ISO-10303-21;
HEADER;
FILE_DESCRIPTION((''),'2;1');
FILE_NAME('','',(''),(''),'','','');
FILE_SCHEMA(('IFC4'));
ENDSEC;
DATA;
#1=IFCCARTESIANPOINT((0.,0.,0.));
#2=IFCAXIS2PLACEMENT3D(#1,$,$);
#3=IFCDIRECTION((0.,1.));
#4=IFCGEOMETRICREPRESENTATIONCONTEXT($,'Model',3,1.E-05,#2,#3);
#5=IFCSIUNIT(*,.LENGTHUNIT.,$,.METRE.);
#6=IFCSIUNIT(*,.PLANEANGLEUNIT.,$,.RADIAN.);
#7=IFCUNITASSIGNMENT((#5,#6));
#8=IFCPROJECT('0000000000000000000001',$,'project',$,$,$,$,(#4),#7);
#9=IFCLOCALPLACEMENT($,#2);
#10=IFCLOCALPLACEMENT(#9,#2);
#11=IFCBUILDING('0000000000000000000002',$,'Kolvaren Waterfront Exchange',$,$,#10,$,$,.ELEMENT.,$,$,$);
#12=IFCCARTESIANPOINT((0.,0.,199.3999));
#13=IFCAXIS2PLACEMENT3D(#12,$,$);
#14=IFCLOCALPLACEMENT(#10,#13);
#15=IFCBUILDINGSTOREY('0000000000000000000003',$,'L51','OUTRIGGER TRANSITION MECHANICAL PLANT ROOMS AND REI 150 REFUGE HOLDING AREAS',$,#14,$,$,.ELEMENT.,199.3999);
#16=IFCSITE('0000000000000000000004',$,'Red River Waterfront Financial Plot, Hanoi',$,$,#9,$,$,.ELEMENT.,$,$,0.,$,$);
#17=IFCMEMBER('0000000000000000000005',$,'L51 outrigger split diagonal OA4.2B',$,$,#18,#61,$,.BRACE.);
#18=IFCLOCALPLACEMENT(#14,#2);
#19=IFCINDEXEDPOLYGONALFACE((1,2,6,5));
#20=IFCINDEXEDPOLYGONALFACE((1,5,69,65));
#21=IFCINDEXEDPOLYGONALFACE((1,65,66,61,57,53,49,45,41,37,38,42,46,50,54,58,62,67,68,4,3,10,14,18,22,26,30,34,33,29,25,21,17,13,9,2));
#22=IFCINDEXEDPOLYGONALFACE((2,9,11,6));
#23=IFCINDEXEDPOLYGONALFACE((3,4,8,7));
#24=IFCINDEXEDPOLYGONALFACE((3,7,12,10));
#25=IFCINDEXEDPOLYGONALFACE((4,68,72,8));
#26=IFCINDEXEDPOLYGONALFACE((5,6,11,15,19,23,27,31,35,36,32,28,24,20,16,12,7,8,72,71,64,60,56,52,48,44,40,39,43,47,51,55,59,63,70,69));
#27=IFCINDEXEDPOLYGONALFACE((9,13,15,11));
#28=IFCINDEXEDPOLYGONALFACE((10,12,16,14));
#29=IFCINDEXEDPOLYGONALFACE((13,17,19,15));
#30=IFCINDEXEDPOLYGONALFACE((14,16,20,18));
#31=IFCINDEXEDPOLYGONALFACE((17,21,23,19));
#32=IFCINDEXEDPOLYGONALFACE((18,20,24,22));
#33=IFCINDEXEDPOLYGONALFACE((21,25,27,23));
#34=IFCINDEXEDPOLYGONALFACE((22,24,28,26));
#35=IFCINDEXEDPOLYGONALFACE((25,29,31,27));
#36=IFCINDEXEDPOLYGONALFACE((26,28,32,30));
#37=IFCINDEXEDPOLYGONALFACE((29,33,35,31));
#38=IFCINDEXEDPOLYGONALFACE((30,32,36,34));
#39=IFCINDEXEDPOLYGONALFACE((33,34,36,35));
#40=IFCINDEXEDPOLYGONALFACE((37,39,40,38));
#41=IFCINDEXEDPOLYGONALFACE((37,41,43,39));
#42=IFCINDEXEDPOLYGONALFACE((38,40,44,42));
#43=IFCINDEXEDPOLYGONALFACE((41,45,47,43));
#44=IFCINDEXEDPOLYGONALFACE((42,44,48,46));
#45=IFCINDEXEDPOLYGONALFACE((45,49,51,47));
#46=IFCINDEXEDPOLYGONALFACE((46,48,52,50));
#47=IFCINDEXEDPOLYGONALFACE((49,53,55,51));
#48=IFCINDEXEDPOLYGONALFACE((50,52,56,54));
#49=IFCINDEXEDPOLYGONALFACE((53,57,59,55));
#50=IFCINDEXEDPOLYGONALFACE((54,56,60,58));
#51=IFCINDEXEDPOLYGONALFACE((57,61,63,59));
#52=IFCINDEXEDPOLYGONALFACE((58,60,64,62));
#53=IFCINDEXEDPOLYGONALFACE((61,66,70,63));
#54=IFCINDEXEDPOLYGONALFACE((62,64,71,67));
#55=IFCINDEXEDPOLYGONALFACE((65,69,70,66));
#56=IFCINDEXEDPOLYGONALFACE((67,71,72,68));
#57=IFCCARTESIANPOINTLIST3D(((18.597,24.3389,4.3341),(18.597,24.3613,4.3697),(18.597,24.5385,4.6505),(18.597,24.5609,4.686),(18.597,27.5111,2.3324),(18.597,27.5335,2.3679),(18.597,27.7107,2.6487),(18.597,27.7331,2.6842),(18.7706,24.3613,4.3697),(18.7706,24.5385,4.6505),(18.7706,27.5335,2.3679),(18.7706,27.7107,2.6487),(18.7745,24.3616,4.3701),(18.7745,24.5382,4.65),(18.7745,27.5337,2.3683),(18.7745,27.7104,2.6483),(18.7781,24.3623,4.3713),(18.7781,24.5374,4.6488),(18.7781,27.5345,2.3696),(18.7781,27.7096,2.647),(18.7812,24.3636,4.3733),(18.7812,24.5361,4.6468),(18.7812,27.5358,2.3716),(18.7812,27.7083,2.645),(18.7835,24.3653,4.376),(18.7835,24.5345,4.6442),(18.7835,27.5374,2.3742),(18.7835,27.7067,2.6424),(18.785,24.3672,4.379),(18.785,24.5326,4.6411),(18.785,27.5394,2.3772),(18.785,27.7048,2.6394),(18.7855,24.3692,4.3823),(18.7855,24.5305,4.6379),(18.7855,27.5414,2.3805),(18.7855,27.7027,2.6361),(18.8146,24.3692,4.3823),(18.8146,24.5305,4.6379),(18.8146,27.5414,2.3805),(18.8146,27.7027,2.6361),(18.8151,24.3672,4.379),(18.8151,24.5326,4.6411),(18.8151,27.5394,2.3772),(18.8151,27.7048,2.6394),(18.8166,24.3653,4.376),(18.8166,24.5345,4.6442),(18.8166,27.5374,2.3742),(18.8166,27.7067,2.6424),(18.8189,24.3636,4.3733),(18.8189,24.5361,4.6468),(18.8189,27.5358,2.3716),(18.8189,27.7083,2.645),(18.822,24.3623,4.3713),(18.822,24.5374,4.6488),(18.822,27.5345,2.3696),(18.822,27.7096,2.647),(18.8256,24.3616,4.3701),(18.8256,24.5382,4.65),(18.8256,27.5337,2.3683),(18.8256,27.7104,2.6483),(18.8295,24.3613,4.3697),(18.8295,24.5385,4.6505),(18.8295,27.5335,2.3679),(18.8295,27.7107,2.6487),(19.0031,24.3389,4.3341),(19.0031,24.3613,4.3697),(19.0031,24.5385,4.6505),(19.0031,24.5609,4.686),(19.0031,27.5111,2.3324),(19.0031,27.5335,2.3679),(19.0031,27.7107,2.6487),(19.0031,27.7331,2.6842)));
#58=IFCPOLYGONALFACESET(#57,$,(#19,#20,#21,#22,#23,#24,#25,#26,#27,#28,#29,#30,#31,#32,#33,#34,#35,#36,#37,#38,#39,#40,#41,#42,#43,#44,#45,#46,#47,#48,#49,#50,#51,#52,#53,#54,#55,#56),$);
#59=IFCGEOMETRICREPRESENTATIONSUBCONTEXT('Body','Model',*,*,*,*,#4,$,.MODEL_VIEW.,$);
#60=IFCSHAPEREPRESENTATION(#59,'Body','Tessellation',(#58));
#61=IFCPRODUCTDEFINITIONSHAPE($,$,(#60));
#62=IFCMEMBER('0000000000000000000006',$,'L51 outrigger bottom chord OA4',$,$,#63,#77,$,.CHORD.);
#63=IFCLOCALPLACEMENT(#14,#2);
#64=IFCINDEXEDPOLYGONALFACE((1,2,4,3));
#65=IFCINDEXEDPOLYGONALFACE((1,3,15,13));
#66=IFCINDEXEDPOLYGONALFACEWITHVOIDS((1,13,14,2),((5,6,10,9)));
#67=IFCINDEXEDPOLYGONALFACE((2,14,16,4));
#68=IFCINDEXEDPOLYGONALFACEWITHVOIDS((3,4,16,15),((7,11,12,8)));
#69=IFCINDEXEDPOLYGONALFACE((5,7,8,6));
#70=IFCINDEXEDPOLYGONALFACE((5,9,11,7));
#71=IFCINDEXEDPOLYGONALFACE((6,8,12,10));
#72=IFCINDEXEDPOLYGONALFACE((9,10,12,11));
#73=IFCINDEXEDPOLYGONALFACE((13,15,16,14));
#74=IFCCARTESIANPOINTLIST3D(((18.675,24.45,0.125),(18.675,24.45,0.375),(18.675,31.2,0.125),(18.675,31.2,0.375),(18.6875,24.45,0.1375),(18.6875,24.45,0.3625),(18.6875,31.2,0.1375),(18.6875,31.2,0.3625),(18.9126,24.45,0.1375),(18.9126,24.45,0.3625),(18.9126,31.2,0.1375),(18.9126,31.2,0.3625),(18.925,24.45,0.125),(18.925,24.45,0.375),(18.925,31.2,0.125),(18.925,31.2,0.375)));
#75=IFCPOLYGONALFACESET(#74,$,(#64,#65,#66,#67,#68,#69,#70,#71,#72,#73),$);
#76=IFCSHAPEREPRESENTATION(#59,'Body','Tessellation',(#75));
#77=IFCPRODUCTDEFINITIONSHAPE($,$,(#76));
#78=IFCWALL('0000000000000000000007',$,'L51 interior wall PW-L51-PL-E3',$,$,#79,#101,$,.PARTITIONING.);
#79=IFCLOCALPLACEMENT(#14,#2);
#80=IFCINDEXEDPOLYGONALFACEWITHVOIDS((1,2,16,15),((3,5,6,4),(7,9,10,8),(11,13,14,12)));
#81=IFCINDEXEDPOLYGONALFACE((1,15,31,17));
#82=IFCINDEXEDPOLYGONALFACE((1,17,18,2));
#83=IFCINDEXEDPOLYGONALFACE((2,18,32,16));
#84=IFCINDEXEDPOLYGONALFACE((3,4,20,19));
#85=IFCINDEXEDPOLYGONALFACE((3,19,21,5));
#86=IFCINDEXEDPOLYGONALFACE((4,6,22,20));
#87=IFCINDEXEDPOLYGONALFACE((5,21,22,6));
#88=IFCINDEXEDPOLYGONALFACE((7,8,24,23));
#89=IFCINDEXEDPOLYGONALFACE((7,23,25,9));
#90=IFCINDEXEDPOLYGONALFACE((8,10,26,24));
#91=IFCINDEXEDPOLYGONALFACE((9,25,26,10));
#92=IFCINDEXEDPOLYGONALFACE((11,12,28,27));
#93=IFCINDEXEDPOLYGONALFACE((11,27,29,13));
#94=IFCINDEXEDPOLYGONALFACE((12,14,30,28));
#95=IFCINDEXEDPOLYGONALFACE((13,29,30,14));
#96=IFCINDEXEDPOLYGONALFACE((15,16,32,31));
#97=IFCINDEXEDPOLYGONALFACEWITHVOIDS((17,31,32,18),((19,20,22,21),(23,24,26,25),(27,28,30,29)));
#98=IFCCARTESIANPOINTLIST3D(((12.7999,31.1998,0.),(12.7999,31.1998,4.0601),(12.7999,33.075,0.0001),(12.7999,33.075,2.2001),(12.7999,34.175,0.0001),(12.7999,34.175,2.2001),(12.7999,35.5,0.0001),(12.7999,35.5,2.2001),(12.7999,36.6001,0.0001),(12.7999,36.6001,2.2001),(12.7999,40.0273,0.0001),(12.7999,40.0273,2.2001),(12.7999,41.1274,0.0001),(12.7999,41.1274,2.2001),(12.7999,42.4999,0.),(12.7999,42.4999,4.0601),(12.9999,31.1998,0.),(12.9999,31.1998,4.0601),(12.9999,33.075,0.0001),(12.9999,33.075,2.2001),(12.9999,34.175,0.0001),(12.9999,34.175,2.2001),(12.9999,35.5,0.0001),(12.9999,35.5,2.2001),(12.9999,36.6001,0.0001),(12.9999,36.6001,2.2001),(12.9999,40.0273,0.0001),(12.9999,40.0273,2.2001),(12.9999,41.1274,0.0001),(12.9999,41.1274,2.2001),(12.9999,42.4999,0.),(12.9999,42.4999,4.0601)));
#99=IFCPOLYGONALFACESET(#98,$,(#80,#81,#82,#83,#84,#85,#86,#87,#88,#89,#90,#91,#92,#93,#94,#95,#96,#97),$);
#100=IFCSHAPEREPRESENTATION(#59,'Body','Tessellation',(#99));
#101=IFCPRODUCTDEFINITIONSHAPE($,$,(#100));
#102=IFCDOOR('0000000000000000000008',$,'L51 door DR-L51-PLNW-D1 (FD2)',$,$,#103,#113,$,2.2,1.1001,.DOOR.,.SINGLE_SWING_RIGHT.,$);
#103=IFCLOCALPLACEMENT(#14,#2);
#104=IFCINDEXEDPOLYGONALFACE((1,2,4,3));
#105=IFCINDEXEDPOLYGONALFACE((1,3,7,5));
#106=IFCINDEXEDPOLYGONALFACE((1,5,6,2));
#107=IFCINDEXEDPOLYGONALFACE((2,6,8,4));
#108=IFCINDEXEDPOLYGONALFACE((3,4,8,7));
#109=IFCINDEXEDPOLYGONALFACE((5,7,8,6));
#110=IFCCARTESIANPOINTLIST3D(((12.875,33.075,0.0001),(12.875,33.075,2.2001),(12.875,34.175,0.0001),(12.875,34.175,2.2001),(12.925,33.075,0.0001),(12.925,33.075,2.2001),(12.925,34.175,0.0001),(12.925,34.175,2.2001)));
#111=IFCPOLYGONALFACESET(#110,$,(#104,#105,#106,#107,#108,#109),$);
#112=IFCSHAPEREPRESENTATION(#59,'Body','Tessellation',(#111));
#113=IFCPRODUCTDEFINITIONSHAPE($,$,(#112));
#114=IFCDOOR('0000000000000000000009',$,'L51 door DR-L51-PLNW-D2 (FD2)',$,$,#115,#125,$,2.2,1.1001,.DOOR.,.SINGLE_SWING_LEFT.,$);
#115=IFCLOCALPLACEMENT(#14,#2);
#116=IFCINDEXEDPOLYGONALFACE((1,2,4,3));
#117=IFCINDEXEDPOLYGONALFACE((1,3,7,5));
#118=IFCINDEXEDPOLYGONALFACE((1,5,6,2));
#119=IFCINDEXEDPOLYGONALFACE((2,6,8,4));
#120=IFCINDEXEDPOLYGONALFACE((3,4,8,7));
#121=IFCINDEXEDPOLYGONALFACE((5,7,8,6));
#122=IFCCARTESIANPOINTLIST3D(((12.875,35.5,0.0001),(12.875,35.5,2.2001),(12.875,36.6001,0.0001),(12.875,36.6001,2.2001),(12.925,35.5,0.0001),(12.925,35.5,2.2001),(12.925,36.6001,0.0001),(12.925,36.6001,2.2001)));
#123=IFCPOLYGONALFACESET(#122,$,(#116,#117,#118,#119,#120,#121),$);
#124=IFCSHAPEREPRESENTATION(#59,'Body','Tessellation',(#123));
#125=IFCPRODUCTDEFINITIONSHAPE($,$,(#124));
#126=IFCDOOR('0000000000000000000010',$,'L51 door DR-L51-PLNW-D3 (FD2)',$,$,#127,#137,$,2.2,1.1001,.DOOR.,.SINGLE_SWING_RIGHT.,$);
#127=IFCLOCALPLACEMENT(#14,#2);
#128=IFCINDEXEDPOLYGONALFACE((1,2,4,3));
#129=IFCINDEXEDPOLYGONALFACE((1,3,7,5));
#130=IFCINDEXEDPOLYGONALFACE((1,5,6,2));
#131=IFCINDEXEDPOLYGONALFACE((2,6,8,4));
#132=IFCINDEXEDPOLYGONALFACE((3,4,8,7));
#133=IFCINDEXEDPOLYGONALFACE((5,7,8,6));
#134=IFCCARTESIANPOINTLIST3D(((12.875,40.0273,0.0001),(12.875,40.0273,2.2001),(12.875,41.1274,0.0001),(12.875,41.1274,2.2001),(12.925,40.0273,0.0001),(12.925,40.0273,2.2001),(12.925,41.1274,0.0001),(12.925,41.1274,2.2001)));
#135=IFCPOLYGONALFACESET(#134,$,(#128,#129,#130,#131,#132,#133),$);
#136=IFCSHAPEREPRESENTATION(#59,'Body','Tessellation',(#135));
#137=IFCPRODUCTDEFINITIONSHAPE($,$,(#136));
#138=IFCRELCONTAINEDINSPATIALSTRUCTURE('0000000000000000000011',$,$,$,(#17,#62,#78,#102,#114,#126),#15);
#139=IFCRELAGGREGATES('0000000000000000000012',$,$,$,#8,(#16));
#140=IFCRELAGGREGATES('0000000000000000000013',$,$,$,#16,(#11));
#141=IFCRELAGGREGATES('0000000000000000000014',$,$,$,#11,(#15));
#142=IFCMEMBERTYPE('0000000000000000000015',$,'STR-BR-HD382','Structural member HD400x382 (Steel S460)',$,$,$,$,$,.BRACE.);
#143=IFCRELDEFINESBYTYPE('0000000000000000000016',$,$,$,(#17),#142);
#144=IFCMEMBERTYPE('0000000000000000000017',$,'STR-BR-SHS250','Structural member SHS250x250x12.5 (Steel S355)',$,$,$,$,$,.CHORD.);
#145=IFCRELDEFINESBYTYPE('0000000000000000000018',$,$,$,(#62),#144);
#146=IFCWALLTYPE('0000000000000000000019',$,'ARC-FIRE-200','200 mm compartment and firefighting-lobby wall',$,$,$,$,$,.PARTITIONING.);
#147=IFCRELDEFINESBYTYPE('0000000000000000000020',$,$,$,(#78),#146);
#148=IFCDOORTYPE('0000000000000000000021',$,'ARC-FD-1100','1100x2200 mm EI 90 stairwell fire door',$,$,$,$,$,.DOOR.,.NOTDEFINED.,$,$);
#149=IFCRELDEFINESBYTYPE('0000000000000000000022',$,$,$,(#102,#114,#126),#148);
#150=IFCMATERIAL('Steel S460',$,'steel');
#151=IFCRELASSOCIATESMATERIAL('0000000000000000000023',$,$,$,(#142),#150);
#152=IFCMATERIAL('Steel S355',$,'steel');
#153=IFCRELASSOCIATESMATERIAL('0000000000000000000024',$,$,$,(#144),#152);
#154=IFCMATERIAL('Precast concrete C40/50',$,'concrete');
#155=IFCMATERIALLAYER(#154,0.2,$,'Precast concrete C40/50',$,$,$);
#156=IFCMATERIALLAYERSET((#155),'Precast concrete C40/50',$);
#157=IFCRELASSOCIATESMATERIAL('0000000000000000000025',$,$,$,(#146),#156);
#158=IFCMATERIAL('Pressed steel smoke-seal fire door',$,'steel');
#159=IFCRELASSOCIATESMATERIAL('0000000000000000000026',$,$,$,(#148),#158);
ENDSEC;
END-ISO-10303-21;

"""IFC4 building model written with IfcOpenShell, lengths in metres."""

from ifc_helpers import new_model, si_unit, direction, frame, frame_2d, origin, origin_2d, place, context, subcontext, project, spatial, rectangle, hollow_rectangle, i_section, extrude, material, layer, layer_set, material_profile, profile_set, type_object, element, fill, save


model = new_model("IFC4")

# Units and contexts
model_context = context("Model", 3, precision=1e-05, world=origin(), true_north=direction((0.0, 1.0)))
body_context = subcontext(model_context, "Body", "Model", "MODEL_VIEW")
ifc_project = project(units=[si_unit("LENGTHUNIT", "METRE"), si_unit("PLANEANGLEUNIT", "RADIAN")], contexts=[model_context])

# Site, building, storey
site_placement = place(None, origin())
site = spatial("IfcSite", under=ifc_project, at=site_placement, Name="Red River Waterfront Financial Plot, Hanoi", CompositionType="ELEMENT", RefElevation=0.0)
building_placement = place(site_placement, origin())
building = spatial("IfcBuilding", under=site, at=building_placement, Name="Kolvaren Waterfront Exchange", CompositionType="ELEMENT")
storey_placement = place(building_placement, frame((0.0, 0.0, 199.3999)))
storey = spatial("IfcBuildingStorey", under=building, at=storey_placement, Name="L51", Description="OUTRIGGER TRANSITION MECHANICAL PLANT ROOMS AND REI 150 REFUGE HOLDING AREAS", CompositionType="ELEMENT", Elevation=199.3999)

# Shared definitions
ifc_material_1 = material(Name="Steel S355", Category="steel")

# Members
ifc_material_2 = material(Name="Steel S460", Category="steel")
ifc_material_profile_1 = material_profile(ifc_material_2, i_section(OverallWidth=0.406, OverallDepth=0.416, WebThickness=0.0291, FlangeThickness=0.042, FilletRadius=0.0149, at=origin_2d()), Name="HD400x382")
ifc_profile_set_1 = profile_set([ifc_material_profile_1], Name="Steel S460")
member_type_1 = type_object("IfcMemberType", Name="STR-BR-HD382", Description="Structural member HD400x382 (Steel S460)", PredefinedType="BRACE", material=ifc_profile_set_1)
member_1_placement = place(storey_placement, frame((18.8, 27.6221, 2.5083), z_axis=(0.0, -0.845698, 0.533662), x_axis=(1.0, 0.0, 0.0)))
element("IfcMember", 1, at=member_1_placement, inside=storey, type_object=member_type_1, Name="L51 outrigger split diagonal OA4.2B", PredefinedType="BRACE", context=body_context, shape_type="SweptSolid", body=[
    extrude(i_section(OverallWidth=0.406, OverallDepth=0.416, WebThickness=0.0291, FlangeThickness=0.042, FilletRadius=0.0149, at=origin_2d()), origin(), (0.0, 0.0, 1.0), 3.751),
])
ifc_material_profile_2 = material_profile(ifc_material_1, hollow_rectangle(XDim=0.25, YDim=0.25, WallThickness=0.0125, at=origin_2d()), Name="SHS250x250x12.5")
ifc_profile_set_2 = profile_set([ifc_material_profile_2], Name="Steel S355")
member_type_2 = type_object("IfcMemberType", Name="STR-BR-SHS250", Description="Structural member SHS250x250x12.5 (Steel S355)", PredefinedType="CHORD", material=ifc_profile_set_2)
member_2_placement = place(storey_placement, frame((18.8, 24.45, 0.25), z_axis=(0.0, 1.0, 0.0), x_axis=(-1.0, 0.0, 0.0)))
element("IfcMember", 2, at=member_2_placement, inside=storey, type_object=member_type_2, Name="L51 outrigger bottom chord OA4", PredefinedType="CHORD", context=body_context, shape_type="SweptSolid", body=[
    extrude(hollow_rectangle(XDim=0.25, YDim=0.25, WallThickness=0.0125, at=origin_2d()), origin(), (0.0, 0.0, 1.0), 6.75),
])

# Wall, openings, doors
ifc_material_3 = material(Name="Precast concrete C40/50", Category="concrete")
ifc_layer_1 = layer(ifc_material_3, 0.2, Name="Precast concrete C40/50")
ifc_layer_set_1 = layer_set([ifc_layer_1], Name="Precast concrete C40/50")
wall_type_1 = type_object("IfcWallType", Name="ARC-FIRE-200", Description="200 mm compartment and firefighting-lobby wall", PredefinedType="PARTITIONING", material=ifc_layer_set_1)
wall_1_placement = place(storey_placement, frame((12.8999, 31.2, 0.0), z_axis=(0.0, 0.0, 1.0), x_axis=(0.0, 1.0, 0.0)))
wall_1 = element("IfcWall", 3, at=wall_1_placement, inside=storey, type_object=wall_type_1, Name="L51 interior wall PW-L51-PL-E3", PredefinedType="PARTITIONING", context=body_context, shape_type="SweptSolid", body=[
    extrude(rectangle(XDim=11.3, YDim=0.2, at=frame_2d((5.6499, 0.0))), origin(), (0.0, 0.0, 1.0), 4.0601),
])
opening_1_placement = place(wall_1_placement, frame((1.875, 0.0, 0.0)))
opening_1 = element("IfcOpeningElement", 4, at=opening_1_placement, cuts=wall_1, PredefinedType="OPENING", context=body_context, shape_type="SweptSolid", body=[
    extrude(rectangle(XDim=1.1001, YDim=2.2, at=frame_2d((0.55, 1.1001))), frame((0.0, 0.1099, 0.0), z_axis=(0.0, -1.0, 0.0), x_axis=(1.0, 0.0, 0.0)), (0.0, 0.0, 1.0), 0.22),
])
opening_2_placement = place(wall_1_placement, frame((4.3, 0.0, 0.0)))
opening_2 = element("IfcOpeningElement", 5, at=opening_2_placement, cuts=wall_1, PredefinedType="OPENING", context=body_context, shape_type="SweptSolid", body=[
    extrude(rectangle(XDim=1.1001, YDim=2.2, at=frame_2d((0.55, 1.1001))), frame((0.0, 0.1099, 0.0), z_axis=(0.0, -1.0, 0.0), x_axis=(1.0, 0.0, 0.0)), (0.0, 0.0, 1.0), 0.22),
])
opening_3_placement = place(wall_1_placement, frame((8.8274, 0.0, 0.0)))
opening_3 = element("IfcOpeningElement", 6, at=opening_3_placement, cuts=wall_1, PredefinedType="OPENING", context=body_context, shape_type="SweptSolid", body=[
    extrude(rectangle(XDim=1.1001, YDim=2.2, at=frame_2d((0.55, 1.1001))), frame((0.0, 0.1099, 0.0), z_axis=(0.0, -1.0, 0.0), x_axis=(1.0, 0.0, 0.0)), (0.0, 0.0, 1.0), 0.22),
])
ifc_material_4 = material(Name="Pressed steel smoke-seal fire door", Category="steel")
door_type_1 = type_object("IfcDoorType", Name="ARC-FD-1100", Description="1100x2200 mm EI 90 stairwell fire door", OperationType="NOTDEFINED", PredefinedType="DOOR", material=ifc_material_4)
door_1_placement = place(opening_1_placement, origin())
door_1 = element("IfcDoor", 7, at=door_1_placement, inside=storey, type_object=door_type_1, Name="L51 door DR-L51-PLNW-D1 (FD2)", OperationType="SINGLE_SWING_RIGHT", OverallHeight=2.2, OverallWidth=1.1001, PredefinedType="DOOR", context=body_context, shape_type="SweptSolid", body=[
    extrude(rectangle(XDim=1.1001, YDim=2.2, at=frame_2d((0.55, 1.1001))), frame((0.0, 0.0249, 0.0), z_axis=(0.0, -1.0, 0.0), x_axis=(1.0, 0.0, 0.0)), (0.0, 0.0, 1.0), 0.05),
])
fill(opening_1, door_1)
door_2_placement = place(opening_2_placement, origin())
door_2 = element("IfcDoor", 8, at=door_2_placement, inside=storey, type_object=door_type_1, Name="L51 door DR-L51-PLNW-D2 (FD2)", OperationType="SINGLE_SWING_LEFT", OverallHeight=2.2, OverallWidth=1.1001, PredefinedType="DOOR", context=body_context, shape_type="SweptSolid", body=[
    extrude(rectangle(XDim=1.1001, YDim=2.2, at=frame_2d((0.55, 1.1001))), frame((0.0, 0.0249, 0.0), z_axis=(0.0, -1.0, 0.0), x_axis=(1.0, 0.0, 0.0)), (0.0, 0.0, 1.0), 0.05),
])
fill(opening_2, door_2)
door_3_placement = place(opening_3_placement, origin())
door_3 = element("IfcDoor", 9, at=door_3_placement, inside=storey, type_object=door_type_1, Name="L51 door DR-L51-PLNW-D3 (FD2)", OperationType="SINGLE_SWING_RIGHT", OverallHeight=2.2, OverallWidth=1.1001, PredefinedType="DOOR", context=body_context, shape_type="SweptSolid", body=[
    extrude(rectangle(XDim=1.1001, YDim=2.2, at=frame_2d((0.55, 1.1001))), frame((0.0, 0.0249, 0.0), z_axis=(0.0, -1.0, 0.0), x_axis=(1.0, 0.0, 0.0)), (0.0, 0.0, 1.0), 0.05),
])
fill(opening_3, door_3)

save(model, "model.ifc")
